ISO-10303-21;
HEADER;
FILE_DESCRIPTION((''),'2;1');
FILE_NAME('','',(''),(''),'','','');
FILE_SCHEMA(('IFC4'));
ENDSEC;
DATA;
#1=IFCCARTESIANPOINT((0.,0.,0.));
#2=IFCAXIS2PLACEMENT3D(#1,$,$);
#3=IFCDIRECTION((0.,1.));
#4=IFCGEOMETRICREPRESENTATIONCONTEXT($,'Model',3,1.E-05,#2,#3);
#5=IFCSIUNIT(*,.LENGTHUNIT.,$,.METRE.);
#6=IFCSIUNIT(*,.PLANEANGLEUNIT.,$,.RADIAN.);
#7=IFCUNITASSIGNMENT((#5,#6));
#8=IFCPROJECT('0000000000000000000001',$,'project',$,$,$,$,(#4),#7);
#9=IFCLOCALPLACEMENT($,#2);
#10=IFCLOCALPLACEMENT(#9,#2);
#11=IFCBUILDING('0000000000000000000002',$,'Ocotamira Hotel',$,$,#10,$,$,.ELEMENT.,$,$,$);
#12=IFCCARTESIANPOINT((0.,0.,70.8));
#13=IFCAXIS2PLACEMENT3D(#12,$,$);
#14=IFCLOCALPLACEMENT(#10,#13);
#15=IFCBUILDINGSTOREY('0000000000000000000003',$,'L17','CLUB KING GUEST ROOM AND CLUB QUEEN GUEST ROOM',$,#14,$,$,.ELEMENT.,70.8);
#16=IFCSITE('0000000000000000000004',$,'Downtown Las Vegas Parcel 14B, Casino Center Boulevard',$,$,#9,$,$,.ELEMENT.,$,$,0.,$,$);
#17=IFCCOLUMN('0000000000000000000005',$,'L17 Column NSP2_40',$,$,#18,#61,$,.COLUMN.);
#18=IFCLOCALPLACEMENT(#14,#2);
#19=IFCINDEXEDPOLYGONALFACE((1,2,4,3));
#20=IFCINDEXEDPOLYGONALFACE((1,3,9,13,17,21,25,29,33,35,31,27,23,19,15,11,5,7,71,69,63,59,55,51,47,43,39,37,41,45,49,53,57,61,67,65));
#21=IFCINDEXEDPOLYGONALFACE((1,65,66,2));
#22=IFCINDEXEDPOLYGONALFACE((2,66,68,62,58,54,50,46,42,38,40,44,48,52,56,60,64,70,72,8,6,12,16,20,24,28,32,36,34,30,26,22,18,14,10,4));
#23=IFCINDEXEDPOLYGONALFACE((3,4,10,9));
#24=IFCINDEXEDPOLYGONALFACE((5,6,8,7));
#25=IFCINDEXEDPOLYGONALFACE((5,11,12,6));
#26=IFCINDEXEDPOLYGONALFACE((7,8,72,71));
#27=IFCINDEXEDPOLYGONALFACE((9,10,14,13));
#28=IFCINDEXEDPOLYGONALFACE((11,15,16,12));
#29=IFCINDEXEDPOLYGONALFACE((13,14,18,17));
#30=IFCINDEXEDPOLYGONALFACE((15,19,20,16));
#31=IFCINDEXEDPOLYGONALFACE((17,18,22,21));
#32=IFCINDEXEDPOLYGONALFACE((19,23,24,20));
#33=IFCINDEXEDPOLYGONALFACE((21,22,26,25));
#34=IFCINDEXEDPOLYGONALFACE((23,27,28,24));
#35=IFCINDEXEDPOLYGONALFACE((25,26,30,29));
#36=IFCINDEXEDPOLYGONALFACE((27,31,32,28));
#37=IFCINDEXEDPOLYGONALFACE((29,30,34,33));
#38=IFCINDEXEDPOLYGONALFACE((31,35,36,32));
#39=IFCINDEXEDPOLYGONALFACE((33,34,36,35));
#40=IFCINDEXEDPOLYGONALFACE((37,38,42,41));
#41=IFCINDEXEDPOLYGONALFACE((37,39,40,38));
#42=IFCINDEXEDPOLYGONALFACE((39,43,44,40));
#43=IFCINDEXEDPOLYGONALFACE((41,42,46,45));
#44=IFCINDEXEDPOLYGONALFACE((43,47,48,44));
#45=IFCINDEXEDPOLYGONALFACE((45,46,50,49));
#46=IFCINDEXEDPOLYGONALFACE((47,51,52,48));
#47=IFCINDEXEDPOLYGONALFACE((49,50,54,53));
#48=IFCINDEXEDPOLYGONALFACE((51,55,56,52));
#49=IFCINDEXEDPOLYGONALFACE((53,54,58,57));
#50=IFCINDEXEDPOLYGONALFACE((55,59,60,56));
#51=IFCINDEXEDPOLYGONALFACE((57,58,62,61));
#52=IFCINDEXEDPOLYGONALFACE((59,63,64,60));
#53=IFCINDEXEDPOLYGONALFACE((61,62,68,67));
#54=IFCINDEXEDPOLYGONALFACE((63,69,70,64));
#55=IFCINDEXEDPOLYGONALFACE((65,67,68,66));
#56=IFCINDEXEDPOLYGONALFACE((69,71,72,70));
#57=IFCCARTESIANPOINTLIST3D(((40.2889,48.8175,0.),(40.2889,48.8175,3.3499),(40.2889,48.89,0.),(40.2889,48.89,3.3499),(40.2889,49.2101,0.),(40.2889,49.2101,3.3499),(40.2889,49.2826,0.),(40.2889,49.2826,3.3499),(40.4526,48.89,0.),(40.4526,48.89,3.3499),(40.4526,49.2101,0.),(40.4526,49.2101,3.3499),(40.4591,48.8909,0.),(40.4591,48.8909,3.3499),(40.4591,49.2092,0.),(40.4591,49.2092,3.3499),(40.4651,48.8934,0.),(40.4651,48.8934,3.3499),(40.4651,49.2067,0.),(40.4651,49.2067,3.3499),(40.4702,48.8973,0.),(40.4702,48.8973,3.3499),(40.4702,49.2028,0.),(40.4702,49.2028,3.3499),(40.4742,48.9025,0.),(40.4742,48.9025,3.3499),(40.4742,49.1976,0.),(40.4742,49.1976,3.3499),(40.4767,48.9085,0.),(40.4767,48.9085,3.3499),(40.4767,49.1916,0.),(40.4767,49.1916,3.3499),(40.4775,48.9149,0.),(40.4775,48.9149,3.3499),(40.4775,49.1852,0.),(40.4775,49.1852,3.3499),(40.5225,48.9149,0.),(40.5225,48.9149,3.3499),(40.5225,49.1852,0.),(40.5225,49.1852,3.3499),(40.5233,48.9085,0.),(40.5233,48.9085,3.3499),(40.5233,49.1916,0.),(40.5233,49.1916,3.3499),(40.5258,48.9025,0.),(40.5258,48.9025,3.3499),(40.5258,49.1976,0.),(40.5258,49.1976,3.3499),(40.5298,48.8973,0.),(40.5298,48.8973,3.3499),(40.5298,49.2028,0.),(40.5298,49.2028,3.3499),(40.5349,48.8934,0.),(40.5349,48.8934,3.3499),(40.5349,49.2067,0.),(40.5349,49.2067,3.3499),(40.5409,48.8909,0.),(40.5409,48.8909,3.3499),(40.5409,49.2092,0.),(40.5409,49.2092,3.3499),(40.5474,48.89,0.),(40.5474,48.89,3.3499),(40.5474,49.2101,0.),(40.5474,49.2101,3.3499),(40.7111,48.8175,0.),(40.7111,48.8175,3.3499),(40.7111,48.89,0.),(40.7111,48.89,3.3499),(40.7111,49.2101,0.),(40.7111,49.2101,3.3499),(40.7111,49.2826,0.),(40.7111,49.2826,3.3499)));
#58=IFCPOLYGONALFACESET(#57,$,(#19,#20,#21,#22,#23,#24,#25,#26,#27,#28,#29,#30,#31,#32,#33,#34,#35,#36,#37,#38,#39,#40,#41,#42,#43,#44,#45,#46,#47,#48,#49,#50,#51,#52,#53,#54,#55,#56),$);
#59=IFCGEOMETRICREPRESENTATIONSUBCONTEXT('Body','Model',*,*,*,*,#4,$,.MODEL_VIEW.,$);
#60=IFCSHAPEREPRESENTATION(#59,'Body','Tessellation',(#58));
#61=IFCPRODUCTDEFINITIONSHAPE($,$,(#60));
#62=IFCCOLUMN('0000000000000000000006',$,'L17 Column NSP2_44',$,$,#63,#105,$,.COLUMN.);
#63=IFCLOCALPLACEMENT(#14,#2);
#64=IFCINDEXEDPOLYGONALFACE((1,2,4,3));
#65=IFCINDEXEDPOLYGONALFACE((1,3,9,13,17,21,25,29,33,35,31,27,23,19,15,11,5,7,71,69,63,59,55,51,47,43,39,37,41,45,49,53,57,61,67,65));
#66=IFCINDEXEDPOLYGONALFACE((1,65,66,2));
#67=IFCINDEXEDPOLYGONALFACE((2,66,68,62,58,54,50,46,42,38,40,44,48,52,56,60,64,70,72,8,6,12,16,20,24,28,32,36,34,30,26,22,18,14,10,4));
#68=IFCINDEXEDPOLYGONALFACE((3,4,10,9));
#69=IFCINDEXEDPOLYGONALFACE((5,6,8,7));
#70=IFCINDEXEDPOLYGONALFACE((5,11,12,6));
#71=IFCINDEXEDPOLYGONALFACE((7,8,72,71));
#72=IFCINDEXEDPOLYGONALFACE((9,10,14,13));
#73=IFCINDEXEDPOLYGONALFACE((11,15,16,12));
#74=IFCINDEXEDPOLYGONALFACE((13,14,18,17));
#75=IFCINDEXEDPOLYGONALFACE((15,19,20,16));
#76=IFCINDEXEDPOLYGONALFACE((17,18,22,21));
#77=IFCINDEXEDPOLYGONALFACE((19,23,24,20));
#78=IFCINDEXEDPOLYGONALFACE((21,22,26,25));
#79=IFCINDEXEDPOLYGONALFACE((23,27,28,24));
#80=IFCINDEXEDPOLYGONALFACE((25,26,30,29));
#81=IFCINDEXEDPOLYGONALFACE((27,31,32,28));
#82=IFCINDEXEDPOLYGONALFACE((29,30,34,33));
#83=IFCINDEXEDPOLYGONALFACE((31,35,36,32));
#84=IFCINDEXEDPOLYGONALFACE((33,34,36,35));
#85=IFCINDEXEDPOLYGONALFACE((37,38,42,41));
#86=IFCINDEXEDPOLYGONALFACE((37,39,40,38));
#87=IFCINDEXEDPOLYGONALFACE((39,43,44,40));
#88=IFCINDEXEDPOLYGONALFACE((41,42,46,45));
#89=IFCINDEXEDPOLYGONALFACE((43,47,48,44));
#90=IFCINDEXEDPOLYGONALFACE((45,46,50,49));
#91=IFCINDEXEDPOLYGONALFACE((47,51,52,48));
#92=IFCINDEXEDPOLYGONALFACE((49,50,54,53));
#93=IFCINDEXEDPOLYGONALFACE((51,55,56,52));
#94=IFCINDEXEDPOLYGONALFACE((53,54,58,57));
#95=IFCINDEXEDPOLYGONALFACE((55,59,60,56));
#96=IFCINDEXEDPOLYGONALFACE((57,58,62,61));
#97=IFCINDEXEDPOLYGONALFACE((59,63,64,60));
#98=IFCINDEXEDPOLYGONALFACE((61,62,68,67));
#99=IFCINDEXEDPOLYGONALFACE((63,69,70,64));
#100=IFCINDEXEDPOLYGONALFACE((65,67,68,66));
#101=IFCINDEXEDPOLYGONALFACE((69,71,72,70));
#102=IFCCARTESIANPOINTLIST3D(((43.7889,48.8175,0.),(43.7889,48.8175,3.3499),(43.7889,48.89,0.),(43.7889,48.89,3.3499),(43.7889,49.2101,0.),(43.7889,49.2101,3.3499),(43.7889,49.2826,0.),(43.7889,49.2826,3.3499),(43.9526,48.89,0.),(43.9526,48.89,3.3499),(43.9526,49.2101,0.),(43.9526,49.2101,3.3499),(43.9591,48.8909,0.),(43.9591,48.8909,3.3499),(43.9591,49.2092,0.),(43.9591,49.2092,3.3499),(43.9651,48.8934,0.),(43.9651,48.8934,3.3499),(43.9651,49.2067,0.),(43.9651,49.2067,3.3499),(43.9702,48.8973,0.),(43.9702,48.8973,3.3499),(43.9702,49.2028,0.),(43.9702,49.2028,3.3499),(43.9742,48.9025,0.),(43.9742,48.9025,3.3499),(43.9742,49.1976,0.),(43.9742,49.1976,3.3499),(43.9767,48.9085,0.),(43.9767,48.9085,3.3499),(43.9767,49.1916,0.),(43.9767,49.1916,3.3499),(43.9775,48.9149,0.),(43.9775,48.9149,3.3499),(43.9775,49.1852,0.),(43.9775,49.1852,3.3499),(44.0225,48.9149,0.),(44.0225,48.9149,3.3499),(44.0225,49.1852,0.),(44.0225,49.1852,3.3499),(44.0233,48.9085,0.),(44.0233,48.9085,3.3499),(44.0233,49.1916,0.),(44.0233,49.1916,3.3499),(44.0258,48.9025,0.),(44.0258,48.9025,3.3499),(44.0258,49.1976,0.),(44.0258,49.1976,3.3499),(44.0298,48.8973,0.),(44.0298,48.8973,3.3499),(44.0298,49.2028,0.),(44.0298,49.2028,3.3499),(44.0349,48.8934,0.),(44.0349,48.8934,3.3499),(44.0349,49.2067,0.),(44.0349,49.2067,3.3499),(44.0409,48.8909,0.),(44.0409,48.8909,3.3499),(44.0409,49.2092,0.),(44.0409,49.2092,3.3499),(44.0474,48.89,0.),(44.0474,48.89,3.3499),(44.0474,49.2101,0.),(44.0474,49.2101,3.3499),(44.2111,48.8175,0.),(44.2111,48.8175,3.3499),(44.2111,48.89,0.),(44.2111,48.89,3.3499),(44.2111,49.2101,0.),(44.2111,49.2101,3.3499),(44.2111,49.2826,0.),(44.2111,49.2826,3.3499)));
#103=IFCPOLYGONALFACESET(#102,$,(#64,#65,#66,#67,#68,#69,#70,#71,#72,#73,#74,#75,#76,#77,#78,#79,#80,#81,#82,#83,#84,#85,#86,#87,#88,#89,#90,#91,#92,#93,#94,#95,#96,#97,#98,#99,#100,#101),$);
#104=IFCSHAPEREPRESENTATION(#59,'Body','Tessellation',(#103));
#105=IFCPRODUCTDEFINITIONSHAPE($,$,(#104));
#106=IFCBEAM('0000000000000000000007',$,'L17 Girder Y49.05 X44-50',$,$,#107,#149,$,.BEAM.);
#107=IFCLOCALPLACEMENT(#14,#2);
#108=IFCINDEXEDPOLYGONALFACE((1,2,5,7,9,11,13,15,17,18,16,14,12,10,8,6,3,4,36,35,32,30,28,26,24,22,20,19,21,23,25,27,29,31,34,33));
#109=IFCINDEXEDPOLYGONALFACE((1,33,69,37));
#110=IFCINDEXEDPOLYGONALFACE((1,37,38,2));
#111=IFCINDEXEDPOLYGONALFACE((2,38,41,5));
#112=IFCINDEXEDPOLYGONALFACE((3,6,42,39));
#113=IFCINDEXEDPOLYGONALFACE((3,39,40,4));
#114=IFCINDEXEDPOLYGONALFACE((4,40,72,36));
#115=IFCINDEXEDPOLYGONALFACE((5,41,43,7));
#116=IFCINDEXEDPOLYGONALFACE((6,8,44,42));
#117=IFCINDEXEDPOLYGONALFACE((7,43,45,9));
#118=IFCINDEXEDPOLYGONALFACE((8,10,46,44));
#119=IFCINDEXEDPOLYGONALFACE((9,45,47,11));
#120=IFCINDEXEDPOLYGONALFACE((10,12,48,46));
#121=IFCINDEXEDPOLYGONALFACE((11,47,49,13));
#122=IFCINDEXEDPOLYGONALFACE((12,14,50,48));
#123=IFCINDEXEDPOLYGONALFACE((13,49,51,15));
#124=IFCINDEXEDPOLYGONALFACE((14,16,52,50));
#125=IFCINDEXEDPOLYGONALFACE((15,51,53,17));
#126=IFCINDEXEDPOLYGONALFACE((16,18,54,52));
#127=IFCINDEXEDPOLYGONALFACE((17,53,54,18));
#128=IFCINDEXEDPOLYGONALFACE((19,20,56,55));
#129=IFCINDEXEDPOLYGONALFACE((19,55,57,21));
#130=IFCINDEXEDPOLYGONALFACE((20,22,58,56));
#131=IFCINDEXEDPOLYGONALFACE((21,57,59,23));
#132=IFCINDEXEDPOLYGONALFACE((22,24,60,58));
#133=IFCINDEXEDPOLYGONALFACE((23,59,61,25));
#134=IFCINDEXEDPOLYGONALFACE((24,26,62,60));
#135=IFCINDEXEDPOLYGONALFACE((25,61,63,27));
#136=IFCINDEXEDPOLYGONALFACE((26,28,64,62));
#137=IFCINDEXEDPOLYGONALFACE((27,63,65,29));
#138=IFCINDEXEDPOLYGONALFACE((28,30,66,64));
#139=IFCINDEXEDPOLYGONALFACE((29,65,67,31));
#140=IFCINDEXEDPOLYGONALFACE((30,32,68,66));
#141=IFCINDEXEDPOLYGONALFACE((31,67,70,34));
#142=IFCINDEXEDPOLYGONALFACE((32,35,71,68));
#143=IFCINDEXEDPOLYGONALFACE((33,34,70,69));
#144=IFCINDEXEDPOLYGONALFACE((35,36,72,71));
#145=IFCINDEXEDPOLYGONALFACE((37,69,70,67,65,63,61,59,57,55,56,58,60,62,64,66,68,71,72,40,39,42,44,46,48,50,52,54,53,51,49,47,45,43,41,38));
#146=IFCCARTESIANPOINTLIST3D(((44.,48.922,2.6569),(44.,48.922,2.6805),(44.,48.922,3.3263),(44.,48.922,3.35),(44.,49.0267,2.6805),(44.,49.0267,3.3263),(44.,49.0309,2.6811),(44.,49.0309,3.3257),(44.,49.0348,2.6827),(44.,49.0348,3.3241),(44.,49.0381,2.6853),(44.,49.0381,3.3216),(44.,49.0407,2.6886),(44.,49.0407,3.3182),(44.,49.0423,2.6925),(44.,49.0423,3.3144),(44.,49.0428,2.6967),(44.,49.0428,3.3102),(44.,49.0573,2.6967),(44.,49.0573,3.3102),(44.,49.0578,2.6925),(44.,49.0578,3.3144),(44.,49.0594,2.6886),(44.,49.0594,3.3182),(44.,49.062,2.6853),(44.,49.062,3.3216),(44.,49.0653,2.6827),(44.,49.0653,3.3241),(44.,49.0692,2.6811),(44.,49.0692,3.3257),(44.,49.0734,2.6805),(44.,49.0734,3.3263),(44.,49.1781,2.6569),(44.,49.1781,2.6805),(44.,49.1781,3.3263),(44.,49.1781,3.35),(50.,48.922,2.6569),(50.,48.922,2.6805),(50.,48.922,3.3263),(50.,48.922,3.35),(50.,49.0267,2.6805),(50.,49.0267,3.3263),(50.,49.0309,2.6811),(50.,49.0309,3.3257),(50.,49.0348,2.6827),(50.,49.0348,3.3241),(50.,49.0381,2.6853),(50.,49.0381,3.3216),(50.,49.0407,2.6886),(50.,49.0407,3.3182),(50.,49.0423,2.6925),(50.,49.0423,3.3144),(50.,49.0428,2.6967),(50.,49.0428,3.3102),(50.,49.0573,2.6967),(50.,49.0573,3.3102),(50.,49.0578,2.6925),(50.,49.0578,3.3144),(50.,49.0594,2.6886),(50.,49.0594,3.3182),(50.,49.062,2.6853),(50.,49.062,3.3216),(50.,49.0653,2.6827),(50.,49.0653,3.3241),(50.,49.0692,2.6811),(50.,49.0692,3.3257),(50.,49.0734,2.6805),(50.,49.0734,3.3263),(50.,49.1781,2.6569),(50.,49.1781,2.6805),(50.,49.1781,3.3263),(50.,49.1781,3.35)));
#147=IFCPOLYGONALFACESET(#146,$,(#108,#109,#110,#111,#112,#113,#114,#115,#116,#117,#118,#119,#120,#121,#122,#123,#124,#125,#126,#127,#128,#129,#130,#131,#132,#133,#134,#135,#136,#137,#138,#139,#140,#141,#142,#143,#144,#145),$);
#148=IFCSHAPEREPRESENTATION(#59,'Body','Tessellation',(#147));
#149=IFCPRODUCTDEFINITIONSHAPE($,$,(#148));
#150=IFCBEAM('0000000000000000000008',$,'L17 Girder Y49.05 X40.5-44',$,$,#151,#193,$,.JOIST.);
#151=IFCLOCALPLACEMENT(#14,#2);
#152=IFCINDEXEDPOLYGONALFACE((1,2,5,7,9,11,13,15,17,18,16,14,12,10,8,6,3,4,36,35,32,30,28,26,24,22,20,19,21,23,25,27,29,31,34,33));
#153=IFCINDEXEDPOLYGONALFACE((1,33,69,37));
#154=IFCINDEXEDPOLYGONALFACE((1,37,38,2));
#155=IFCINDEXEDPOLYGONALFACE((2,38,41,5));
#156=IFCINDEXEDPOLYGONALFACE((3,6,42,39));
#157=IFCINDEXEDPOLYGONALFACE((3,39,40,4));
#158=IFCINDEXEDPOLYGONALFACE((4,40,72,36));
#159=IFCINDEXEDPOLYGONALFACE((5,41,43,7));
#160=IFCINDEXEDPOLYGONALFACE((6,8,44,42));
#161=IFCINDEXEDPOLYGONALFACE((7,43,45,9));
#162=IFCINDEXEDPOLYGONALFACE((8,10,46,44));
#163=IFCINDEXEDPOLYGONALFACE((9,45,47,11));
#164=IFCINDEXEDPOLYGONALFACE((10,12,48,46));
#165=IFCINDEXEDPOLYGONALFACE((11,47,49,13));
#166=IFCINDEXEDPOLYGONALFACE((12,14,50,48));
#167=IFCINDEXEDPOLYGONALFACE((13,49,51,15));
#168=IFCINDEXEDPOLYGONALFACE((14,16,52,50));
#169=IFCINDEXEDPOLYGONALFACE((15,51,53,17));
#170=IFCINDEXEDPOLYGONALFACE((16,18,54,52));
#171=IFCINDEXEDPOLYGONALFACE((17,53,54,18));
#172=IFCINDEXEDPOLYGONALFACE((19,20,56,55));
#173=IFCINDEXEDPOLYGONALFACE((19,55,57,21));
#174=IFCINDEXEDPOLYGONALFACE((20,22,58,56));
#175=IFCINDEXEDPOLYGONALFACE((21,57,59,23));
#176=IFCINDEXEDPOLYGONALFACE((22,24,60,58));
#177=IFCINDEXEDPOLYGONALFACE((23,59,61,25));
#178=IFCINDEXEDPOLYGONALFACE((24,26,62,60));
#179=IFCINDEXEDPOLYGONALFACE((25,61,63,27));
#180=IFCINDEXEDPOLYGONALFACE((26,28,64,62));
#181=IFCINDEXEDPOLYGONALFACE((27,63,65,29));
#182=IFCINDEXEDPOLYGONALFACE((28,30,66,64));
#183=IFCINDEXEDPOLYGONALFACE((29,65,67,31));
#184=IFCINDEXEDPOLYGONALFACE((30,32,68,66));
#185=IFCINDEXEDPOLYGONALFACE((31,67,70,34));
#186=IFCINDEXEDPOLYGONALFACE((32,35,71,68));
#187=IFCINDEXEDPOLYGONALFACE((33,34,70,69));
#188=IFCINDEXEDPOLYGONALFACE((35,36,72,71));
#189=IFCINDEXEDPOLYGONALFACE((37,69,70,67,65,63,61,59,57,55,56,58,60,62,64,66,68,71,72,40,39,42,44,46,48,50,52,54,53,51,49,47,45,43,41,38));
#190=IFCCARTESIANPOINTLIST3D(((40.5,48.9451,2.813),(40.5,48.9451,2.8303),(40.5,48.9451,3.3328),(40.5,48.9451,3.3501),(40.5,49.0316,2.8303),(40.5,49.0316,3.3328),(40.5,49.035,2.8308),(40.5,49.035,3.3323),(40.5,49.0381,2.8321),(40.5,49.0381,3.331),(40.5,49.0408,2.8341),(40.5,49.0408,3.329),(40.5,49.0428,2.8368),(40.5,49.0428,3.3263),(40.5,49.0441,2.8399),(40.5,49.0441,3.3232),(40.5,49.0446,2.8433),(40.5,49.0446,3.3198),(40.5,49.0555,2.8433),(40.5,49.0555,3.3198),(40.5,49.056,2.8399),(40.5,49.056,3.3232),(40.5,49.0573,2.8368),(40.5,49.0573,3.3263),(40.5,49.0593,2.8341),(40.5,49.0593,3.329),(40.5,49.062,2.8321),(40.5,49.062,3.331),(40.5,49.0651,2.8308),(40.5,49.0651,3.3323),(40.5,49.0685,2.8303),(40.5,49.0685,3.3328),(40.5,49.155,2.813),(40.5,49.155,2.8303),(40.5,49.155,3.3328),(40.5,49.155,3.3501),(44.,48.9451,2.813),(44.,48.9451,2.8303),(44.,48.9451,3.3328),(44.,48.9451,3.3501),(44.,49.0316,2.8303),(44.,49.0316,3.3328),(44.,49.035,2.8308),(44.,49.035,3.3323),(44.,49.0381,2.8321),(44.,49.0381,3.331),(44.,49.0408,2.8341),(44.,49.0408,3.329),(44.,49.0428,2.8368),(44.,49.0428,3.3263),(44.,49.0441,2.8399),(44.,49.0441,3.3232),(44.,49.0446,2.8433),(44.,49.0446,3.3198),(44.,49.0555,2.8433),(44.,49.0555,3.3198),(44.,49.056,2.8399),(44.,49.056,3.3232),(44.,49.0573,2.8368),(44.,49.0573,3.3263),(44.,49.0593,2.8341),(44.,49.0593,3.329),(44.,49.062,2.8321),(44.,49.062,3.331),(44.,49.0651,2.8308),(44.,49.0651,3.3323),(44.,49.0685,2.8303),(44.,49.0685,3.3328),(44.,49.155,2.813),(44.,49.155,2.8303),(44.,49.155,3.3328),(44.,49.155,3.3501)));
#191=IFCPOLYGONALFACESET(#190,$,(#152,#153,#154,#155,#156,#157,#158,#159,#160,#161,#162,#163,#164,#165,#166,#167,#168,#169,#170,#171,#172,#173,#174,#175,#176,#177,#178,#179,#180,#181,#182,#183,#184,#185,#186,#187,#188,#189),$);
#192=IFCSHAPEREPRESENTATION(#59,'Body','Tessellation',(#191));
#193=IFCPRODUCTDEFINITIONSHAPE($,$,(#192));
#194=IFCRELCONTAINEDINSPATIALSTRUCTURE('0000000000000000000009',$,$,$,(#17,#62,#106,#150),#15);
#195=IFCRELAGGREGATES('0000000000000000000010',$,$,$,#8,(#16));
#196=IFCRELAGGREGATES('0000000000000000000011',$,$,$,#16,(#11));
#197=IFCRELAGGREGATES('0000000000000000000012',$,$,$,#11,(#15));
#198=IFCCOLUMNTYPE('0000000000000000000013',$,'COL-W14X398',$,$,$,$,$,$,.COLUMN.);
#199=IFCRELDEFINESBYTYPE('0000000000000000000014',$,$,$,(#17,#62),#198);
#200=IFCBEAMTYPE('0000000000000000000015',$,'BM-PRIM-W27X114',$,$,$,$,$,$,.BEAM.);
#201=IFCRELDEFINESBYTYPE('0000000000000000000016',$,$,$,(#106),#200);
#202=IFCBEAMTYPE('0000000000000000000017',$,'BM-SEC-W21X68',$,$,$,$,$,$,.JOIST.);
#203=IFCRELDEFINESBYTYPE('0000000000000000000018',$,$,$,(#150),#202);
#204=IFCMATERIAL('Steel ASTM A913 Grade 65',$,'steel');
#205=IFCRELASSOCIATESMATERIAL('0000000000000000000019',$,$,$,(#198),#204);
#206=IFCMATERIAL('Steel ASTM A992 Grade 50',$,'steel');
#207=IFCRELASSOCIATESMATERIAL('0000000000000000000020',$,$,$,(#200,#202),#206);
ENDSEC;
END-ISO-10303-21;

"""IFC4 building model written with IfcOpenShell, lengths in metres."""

from ifc_helpers import new_model, si_unit, direction, frame, origin, origin_2d, place, context, subcontext, project, spatial, i_section, extrude, source, transform, mapped, material, material_profile, profile_set, type_object, element, save


model = new_model("IFC4")

# Units and contexts
model_context = context("Model", 3, precision=1e-05, world=origin(), true_north=direction((0.0, 1.0)))
body_context = subcontext(model_context, "Body", "Model", "MODEL_VIEW")
ifc_project = project(units=[si_unit("LENGTHUNIT", "METRE"), si_unit("PLANEANGLEUNIT", "RADIAN")], contexts=[model_context])

# Site, building, storey
site_placement = place(None, origin())
site = spatial("IfcSite", under=ifc_project, at=site_placement, Name="Downtown Las Vegas Parcel 14B, Casino Center Boulevard", CompositionType="ELEMENT", RefElevation=0.0)
building_placement = place(site_placement, origin())
building = spatial("IfcBuilding", under=site, at=building_placement, Name="Ocotamira Hotel", CompositionType="ELEMENT")
storey_placement = place(building_placement, frame((0.0, 0.0, 70.8)))
storey = spatial("IfcBuildingStorey", under=building, at=storey_placement, Name="L17", Description="CLUB KING GUEST ROOM AND CLUB QUEEN GUEST ROOM", CompositionType="ELEMENT", Elevation=70.8)

# Columns
ifc_material_1 = material(Name="Steel ASTM A913 Grade 65", Category="steel")
ifc_material_profile_1 = material_profile(ifc_material_1, i_section(OverallWidth=0.4221, OverallDepth=0.4651, WebThickness=0.0449, FlangeThickness=0.0725, FilletRadius=0.0249, at=origin_2d()), Name="W14X398")
ifc_profile_set_1 = profile_set([ifc_material_profile_1], Name="Steel ASTM A913 Grade 65")
column_type = type_object("IfcColumnType", Name="COL-W14X398", PredefinedType="COLUMN", material=ifc_profile_set_1)
shared_shape_1 = source(origin(), body_context, "Body", "SweptSolid", [
    extrude(i_section(OverallWidth=0.4221, OverallDepth=0.4651, WebThickness=0.0449, FlangeThickness=0.0725, FilletRadius=0.0249, at=origin_2d()), origin(), (0.0, 0.0, 1.0), 3.3499),
])
for number, where, z_axis, x_axis, name in (
    (1, (40.5, 49.05, 0.0), (0.0, 0.0, 1.0), (1.0, 0.0, 0.0), "L17 Column NSP2_40"),
    (2, (44.0, 49.05, 0.0), (0.0, 0.0, 1.0), (1.0, 0.0, 0.0), "L17 Column NSP2_44"),
):
    element("IfcColumn", number, at=place(storey_placement, frame(where, z_axis=z_axis, x_axis=x_axis)), inside=storey, type_object=column_type, Name=name, PredefinedType="COLUMN", context=body_context, shape_type="MappedRepresentation", body=[
        mapped(shared_shape_1, transform((0.0, 0.0, 0.0), scale=1.0)),
    ])

# Beams
ifc_material_2 = material(Name="Steel ASTM A992 Grade 50", Category="steel")
ifc_material_profile_2 = material_profile(ifc_material_2, i_section(OverallWidth=0.2561, OverallDepth=0.6931, WebThickness=0.0144, FlangeThickness=0.0237, FilletRadius=0.0161, at=origin_2d()), Name="W27X114")
ifc_profile_set_2 = profile_set([ifc_material_profile_2], Name="Steel ASTM A992 Grade 50")
beam_type_1 = type_object("IfcBeamType", Name="BM-PRIM-W27X114", PredefinedType="BEAM", material=ifc_profile_set_2)
shared_shape_2 = source(origin(), body_context, "Body", "SweptSolid", [
    extrude(i_section(OverallWidth=0.2561, OverallDepth=0.6931, WebThickness=0.0144, FlangeThickness=0.0237, FilletRadius=0.0161, at=origin_2d()), origin(), (0.0, 0.0, 1.0), 6.0),
])
beam_1_placement = place(storey_placement, frame((44.0, 49.05, 3.0034), z_axis=(1.0, 0.0, 0.0), x_axis=(0.0, 1.0, 0.0)))
element("IfcBeam", 3, at=beam_1_placement, inside=storey, type_object=beam_type_1, Name="L17 Girder Y49.05 X44-50", PredefinedType="BEAM", context=body_context, shape_type="MappedRepresentation", body=[
    mapped(shared_shape_2, transform((0.0, 0.0, 0.0), scale=1.0)),
])
ifc_material_profile_3 = material_profile(ifc_material_2, i_section(OverallWidth=0.21, OverallDepth=0.5371, WebThickness=0.011, FlangeThickness=0.0173, FilletRadius=0.0129, at=origin_2d()), Name="W21X68")
ifc_profile_set_3 = profile_set([ifc_material_profile_3], Name="Steel ASTM A992 Grade 50")
beam_type_2 = type_object("IfcBeamType", Name="BM-SEC-W21X68", PredefinedType="JOIST", material=ifc_profile_set_3)
shared_shape_3 = source(origin(), body_context, "Body", "SweptSolid", [
    extrude(i_section(OverallWidth=0.21, OverallDepth=0.5371, WebThickness=0.011, FlangeThickness=0.0173, FilletRadius=0.0129, at=origin_2d()), origin(), (0.0, 0.0, 1.0), 3.5),
])
beam_2_placement = place(storey_placement, frame((40.5, 49.05, 3.0815), z_axis=(1.0, 0.0, 0.0), x_axis=(0.0, 1.0, 0.0)))
element("IfcBeam", 4, at=beam_2_placement, inside=storey, type_object=beam_type_2, Name="L17 Girder Y49.05 X40.5-44", PredefinedType="JOIST", context=body_context, shape_type="MappedRepresentation", body=[
    mapped(shared_shape_3, transform((0.0, 0.0, 0.0), scale=1.0)),
])

save(model, "model.ifc")
